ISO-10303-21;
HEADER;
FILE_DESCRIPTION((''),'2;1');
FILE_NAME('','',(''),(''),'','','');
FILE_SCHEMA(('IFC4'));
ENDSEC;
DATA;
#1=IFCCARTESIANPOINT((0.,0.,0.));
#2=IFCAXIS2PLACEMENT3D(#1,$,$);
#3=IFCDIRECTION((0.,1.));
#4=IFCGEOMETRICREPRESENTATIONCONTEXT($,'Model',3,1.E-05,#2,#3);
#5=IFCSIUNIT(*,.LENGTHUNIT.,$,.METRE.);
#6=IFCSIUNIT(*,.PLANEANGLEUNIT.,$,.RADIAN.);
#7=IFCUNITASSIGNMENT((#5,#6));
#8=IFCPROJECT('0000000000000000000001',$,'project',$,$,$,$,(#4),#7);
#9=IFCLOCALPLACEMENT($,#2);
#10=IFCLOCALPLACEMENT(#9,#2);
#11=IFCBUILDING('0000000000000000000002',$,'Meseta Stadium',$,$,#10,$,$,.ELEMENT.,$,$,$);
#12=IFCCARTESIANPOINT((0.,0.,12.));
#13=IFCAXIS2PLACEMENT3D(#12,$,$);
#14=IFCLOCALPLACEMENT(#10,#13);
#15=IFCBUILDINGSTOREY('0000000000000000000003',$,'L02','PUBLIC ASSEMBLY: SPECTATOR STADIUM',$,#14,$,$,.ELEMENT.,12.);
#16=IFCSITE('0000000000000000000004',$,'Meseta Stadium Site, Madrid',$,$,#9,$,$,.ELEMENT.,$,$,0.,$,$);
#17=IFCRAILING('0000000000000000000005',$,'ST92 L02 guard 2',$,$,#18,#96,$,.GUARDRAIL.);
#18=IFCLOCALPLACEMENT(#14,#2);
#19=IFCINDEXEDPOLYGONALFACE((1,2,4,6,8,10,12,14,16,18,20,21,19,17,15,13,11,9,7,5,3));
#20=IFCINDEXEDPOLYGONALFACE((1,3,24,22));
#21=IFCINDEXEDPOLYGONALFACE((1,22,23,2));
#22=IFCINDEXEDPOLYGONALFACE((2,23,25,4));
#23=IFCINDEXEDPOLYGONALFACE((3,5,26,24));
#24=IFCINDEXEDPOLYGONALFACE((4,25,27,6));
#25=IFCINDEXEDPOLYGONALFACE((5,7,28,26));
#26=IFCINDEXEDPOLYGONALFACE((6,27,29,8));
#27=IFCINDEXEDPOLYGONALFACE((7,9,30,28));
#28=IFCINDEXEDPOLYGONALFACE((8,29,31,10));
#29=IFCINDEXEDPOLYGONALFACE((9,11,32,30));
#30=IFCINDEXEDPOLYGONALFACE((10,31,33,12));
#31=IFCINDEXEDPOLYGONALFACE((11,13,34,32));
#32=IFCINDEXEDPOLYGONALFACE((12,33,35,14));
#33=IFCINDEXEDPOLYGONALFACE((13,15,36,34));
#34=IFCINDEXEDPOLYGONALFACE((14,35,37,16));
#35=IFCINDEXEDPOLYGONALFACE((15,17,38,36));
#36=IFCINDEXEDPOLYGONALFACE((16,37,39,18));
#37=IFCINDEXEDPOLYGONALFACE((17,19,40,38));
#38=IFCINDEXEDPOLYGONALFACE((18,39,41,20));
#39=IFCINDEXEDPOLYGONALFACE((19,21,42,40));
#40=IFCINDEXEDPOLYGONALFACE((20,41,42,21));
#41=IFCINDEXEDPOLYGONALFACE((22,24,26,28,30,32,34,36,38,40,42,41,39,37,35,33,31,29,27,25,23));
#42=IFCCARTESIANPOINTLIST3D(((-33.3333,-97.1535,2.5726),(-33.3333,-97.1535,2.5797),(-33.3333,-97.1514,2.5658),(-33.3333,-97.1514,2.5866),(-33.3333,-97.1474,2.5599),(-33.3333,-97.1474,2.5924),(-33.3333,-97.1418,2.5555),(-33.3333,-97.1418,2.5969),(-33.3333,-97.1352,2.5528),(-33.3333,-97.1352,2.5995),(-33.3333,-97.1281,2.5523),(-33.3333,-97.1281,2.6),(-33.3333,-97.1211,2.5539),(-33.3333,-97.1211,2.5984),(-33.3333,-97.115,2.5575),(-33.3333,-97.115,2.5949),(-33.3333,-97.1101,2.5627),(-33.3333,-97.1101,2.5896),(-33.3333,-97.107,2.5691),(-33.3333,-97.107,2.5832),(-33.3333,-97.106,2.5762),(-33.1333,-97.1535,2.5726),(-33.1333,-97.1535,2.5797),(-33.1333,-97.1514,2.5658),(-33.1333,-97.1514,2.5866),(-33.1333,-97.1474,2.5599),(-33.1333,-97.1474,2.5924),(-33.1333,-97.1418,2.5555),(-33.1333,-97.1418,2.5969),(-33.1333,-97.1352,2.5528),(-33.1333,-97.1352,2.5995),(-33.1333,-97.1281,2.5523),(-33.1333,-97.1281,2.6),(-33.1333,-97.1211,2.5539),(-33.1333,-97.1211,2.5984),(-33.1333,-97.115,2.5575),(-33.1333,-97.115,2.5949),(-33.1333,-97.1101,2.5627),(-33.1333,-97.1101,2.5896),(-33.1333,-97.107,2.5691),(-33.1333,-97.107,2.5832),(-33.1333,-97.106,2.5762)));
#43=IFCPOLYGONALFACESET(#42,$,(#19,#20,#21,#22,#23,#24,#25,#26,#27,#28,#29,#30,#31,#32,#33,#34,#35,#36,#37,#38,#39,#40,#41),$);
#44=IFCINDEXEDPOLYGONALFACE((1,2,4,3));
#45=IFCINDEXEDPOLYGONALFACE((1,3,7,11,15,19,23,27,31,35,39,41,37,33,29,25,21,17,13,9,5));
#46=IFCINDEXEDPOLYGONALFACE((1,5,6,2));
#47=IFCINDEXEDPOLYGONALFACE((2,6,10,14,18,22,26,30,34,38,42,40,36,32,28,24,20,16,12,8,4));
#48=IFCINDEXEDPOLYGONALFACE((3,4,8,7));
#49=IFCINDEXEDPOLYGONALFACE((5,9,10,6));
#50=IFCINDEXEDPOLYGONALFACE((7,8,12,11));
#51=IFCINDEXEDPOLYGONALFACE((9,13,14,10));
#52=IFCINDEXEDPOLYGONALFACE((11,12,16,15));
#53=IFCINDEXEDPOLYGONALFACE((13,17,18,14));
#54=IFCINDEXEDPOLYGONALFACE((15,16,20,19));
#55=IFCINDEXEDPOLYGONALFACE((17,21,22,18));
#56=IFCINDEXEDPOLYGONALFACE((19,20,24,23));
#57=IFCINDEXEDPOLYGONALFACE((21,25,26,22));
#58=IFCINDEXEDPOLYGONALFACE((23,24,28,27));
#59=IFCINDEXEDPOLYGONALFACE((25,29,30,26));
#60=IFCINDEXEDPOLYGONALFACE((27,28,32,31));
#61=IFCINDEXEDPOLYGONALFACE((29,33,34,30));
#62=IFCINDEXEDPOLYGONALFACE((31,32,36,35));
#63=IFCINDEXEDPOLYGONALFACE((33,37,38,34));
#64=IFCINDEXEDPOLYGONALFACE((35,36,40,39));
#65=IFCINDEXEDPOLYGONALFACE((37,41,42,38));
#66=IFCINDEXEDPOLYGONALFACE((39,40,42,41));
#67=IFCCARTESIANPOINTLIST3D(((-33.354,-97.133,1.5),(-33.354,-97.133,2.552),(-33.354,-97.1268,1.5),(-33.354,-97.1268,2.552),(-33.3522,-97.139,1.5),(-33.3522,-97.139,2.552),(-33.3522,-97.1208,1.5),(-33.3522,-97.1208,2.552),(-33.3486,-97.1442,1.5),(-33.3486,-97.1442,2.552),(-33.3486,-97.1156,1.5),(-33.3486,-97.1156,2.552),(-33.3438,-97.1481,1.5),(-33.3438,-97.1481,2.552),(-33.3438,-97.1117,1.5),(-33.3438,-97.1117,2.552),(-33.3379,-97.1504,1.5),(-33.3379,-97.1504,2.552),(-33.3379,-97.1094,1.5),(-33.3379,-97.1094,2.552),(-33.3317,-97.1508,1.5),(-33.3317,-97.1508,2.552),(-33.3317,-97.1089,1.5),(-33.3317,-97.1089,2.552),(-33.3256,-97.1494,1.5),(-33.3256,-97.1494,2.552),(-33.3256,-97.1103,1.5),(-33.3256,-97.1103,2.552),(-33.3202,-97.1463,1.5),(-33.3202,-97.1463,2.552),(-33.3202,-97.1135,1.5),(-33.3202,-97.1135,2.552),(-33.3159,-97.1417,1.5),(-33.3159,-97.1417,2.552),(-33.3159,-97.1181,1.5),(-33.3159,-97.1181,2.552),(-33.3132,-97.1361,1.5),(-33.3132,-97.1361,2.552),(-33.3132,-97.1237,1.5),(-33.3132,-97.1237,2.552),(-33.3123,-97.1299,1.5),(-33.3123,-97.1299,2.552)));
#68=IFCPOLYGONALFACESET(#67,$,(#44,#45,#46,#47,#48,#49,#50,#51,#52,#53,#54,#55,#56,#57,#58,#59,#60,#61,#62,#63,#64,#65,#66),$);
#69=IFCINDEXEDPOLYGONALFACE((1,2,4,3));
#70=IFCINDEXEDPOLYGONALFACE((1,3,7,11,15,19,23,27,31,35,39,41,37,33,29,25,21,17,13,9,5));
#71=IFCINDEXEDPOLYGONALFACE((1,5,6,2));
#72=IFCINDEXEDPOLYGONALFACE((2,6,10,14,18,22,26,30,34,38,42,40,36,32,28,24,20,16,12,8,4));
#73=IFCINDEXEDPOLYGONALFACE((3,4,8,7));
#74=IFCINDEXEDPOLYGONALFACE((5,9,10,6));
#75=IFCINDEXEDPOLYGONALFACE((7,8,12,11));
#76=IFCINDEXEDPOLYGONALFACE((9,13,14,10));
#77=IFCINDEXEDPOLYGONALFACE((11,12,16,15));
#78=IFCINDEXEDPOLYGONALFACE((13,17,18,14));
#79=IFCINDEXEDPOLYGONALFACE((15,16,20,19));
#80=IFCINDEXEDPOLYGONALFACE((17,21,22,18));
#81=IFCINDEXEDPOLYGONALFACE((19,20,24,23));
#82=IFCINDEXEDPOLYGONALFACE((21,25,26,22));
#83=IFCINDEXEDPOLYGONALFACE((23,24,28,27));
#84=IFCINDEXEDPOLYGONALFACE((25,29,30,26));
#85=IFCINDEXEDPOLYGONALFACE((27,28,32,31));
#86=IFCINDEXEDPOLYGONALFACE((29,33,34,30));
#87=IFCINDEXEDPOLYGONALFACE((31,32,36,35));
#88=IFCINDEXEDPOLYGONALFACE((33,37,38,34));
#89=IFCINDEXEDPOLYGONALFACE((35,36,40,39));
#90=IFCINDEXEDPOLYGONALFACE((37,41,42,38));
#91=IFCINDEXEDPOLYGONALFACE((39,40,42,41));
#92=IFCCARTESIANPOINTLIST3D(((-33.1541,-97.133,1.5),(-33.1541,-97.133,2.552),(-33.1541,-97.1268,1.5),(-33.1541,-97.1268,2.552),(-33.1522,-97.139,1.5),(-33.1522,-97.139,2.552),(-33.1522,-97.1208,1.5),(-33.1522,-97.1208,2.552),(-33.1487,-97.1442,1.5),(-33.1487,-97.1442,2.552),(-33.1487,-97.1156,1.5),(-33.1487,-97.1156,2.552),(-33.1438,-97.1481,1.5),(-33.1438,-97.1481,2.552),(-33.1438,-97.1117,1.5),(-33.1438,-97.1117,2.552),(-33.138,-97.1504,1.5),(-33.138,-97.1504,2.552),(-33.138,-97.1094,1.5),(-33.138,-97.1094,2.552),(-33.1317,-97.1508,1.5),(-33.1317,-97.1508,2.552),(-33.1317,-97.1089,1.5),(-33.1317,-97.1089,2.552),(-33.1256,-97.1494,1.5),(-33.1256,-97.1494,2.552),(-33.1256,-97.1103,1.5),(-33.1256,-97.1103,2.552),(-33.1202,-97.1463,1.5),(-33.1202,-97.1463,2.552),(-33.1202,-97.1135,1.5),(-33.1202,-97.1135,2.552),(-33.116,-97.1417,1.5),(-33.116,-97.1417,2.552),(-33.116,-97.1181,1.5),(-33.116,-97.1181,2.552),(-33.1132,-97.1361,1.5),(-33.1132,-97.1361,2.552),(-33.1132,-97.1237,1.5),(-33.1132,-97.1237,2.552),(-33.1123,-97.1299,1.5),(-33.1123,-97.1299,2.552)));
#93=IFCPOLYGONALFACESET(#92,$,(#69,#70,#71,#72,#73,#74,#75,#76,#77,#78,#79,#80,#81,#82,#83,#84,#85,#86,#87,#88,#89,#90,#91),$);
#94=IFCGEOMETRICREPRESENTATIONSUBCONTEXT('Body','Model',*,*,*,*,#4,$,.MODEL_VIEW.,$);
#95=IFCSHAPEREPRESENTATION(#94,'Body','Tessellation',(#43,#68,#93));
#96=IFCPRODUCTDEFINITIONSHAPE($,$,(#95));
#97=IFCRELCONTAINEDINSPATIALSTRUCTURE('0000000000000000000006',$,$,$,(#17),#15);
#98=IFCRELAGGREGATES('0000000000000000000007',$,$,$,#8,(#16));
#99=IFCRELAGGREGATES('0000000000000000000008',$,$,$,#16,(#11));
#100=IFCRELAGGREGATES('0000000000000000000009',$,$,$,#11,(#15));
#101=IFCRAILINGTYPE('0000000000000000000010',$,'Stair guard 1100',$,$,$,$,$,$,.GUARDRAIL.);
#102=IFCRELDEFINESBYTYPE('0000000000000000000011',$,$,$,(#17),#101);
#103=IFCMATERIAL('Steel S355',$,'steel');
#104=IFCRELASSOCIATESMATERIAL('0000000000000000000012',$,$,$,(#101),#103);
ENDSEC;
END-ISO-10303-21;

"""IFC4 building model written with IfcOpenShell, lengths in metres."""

from ifc_helpers import new_model, si_unit, direction, frame, origin, origin_2d, place, context, subcontext, project, spatial, circle, extrude, material, type_object, element, save


model = new_model("IFC4")

# Units and contexts
model_context = context("Model", 3, precision=1e-05, world=origin(), true_north=direction((0.0, 1.0)))
body_context = subcontext(model_context, "Body", "Model", "MODEL_VIEW")
ifc_project = project(units=[si_unit("LENGTHUNIT", "METRE"), si_unit("PLANEANGLEUNIT", "RADIAN")], contexts=[model_context])

# Site, building, storey
site_placement = place(None, origin())
site = spatial("IfcSite", under=ifc_project, at=site_placement, Name="Meseta Stadium Site, Madrid", CompositionType="ELEMENT", RefElevation=0.0)
building_placement = place(site_placement, origin())
building = spatial("IfcBuilding", under=site, at=building_placement, Name="Meseta Stadium", CompositionType="ELEMENT")
storey_placement = place(building_placement, frame((0.0, 0.0, 12.0)))
storey = spatial("IfcBuildingStorey", under=building, at=storey_placement, Name="L02", Description="PUBLIC ASSEMBLY: SPECTATOR STADIUM", CompositionType="ELEMENT", Elevation=12.0)

# Railing
ifc_material_1 = material(Name="Steel S355", Category="steel")
railing_type_1 = type_object("IfcRailingType", Name="Stair guard 1100", PredefinedType="GUARDRAIL", material=ifc_material_1)
railing_1_placement = place(storey_placement, frame((-33.3333, -97.1299, 1.5)))
element("IfcRailing", 1, at=railing_1_placement, inside=storey, type_object=railing_type_1, Name="ST92 L02 guard 2", PredefinedType="GUARDRAIL", context=body_context, shape_type="SweptSolid", body=[
    extrude(circle(Radius=0.0239, at=origin_2d()), frame((0.0, 0.0, 1.0762), z_axis=(1.0, 0.0, 0.0), x_axis=(0.0, 1.0, 0.0)), (0.0, 0.0, 1.0), 0.2),
    extrude(circle(Radius=0.021, at=origin_2d()), origin(), (0.0, 0.0, 1.0), 1.052),
    extrude(circle(Radius=0.021, at=origin_2d()), frame((0.2, 0.0, 0.0)), (0.0, 0.0, 1.0), 1.052),
])

save(model, "model.ifc")
